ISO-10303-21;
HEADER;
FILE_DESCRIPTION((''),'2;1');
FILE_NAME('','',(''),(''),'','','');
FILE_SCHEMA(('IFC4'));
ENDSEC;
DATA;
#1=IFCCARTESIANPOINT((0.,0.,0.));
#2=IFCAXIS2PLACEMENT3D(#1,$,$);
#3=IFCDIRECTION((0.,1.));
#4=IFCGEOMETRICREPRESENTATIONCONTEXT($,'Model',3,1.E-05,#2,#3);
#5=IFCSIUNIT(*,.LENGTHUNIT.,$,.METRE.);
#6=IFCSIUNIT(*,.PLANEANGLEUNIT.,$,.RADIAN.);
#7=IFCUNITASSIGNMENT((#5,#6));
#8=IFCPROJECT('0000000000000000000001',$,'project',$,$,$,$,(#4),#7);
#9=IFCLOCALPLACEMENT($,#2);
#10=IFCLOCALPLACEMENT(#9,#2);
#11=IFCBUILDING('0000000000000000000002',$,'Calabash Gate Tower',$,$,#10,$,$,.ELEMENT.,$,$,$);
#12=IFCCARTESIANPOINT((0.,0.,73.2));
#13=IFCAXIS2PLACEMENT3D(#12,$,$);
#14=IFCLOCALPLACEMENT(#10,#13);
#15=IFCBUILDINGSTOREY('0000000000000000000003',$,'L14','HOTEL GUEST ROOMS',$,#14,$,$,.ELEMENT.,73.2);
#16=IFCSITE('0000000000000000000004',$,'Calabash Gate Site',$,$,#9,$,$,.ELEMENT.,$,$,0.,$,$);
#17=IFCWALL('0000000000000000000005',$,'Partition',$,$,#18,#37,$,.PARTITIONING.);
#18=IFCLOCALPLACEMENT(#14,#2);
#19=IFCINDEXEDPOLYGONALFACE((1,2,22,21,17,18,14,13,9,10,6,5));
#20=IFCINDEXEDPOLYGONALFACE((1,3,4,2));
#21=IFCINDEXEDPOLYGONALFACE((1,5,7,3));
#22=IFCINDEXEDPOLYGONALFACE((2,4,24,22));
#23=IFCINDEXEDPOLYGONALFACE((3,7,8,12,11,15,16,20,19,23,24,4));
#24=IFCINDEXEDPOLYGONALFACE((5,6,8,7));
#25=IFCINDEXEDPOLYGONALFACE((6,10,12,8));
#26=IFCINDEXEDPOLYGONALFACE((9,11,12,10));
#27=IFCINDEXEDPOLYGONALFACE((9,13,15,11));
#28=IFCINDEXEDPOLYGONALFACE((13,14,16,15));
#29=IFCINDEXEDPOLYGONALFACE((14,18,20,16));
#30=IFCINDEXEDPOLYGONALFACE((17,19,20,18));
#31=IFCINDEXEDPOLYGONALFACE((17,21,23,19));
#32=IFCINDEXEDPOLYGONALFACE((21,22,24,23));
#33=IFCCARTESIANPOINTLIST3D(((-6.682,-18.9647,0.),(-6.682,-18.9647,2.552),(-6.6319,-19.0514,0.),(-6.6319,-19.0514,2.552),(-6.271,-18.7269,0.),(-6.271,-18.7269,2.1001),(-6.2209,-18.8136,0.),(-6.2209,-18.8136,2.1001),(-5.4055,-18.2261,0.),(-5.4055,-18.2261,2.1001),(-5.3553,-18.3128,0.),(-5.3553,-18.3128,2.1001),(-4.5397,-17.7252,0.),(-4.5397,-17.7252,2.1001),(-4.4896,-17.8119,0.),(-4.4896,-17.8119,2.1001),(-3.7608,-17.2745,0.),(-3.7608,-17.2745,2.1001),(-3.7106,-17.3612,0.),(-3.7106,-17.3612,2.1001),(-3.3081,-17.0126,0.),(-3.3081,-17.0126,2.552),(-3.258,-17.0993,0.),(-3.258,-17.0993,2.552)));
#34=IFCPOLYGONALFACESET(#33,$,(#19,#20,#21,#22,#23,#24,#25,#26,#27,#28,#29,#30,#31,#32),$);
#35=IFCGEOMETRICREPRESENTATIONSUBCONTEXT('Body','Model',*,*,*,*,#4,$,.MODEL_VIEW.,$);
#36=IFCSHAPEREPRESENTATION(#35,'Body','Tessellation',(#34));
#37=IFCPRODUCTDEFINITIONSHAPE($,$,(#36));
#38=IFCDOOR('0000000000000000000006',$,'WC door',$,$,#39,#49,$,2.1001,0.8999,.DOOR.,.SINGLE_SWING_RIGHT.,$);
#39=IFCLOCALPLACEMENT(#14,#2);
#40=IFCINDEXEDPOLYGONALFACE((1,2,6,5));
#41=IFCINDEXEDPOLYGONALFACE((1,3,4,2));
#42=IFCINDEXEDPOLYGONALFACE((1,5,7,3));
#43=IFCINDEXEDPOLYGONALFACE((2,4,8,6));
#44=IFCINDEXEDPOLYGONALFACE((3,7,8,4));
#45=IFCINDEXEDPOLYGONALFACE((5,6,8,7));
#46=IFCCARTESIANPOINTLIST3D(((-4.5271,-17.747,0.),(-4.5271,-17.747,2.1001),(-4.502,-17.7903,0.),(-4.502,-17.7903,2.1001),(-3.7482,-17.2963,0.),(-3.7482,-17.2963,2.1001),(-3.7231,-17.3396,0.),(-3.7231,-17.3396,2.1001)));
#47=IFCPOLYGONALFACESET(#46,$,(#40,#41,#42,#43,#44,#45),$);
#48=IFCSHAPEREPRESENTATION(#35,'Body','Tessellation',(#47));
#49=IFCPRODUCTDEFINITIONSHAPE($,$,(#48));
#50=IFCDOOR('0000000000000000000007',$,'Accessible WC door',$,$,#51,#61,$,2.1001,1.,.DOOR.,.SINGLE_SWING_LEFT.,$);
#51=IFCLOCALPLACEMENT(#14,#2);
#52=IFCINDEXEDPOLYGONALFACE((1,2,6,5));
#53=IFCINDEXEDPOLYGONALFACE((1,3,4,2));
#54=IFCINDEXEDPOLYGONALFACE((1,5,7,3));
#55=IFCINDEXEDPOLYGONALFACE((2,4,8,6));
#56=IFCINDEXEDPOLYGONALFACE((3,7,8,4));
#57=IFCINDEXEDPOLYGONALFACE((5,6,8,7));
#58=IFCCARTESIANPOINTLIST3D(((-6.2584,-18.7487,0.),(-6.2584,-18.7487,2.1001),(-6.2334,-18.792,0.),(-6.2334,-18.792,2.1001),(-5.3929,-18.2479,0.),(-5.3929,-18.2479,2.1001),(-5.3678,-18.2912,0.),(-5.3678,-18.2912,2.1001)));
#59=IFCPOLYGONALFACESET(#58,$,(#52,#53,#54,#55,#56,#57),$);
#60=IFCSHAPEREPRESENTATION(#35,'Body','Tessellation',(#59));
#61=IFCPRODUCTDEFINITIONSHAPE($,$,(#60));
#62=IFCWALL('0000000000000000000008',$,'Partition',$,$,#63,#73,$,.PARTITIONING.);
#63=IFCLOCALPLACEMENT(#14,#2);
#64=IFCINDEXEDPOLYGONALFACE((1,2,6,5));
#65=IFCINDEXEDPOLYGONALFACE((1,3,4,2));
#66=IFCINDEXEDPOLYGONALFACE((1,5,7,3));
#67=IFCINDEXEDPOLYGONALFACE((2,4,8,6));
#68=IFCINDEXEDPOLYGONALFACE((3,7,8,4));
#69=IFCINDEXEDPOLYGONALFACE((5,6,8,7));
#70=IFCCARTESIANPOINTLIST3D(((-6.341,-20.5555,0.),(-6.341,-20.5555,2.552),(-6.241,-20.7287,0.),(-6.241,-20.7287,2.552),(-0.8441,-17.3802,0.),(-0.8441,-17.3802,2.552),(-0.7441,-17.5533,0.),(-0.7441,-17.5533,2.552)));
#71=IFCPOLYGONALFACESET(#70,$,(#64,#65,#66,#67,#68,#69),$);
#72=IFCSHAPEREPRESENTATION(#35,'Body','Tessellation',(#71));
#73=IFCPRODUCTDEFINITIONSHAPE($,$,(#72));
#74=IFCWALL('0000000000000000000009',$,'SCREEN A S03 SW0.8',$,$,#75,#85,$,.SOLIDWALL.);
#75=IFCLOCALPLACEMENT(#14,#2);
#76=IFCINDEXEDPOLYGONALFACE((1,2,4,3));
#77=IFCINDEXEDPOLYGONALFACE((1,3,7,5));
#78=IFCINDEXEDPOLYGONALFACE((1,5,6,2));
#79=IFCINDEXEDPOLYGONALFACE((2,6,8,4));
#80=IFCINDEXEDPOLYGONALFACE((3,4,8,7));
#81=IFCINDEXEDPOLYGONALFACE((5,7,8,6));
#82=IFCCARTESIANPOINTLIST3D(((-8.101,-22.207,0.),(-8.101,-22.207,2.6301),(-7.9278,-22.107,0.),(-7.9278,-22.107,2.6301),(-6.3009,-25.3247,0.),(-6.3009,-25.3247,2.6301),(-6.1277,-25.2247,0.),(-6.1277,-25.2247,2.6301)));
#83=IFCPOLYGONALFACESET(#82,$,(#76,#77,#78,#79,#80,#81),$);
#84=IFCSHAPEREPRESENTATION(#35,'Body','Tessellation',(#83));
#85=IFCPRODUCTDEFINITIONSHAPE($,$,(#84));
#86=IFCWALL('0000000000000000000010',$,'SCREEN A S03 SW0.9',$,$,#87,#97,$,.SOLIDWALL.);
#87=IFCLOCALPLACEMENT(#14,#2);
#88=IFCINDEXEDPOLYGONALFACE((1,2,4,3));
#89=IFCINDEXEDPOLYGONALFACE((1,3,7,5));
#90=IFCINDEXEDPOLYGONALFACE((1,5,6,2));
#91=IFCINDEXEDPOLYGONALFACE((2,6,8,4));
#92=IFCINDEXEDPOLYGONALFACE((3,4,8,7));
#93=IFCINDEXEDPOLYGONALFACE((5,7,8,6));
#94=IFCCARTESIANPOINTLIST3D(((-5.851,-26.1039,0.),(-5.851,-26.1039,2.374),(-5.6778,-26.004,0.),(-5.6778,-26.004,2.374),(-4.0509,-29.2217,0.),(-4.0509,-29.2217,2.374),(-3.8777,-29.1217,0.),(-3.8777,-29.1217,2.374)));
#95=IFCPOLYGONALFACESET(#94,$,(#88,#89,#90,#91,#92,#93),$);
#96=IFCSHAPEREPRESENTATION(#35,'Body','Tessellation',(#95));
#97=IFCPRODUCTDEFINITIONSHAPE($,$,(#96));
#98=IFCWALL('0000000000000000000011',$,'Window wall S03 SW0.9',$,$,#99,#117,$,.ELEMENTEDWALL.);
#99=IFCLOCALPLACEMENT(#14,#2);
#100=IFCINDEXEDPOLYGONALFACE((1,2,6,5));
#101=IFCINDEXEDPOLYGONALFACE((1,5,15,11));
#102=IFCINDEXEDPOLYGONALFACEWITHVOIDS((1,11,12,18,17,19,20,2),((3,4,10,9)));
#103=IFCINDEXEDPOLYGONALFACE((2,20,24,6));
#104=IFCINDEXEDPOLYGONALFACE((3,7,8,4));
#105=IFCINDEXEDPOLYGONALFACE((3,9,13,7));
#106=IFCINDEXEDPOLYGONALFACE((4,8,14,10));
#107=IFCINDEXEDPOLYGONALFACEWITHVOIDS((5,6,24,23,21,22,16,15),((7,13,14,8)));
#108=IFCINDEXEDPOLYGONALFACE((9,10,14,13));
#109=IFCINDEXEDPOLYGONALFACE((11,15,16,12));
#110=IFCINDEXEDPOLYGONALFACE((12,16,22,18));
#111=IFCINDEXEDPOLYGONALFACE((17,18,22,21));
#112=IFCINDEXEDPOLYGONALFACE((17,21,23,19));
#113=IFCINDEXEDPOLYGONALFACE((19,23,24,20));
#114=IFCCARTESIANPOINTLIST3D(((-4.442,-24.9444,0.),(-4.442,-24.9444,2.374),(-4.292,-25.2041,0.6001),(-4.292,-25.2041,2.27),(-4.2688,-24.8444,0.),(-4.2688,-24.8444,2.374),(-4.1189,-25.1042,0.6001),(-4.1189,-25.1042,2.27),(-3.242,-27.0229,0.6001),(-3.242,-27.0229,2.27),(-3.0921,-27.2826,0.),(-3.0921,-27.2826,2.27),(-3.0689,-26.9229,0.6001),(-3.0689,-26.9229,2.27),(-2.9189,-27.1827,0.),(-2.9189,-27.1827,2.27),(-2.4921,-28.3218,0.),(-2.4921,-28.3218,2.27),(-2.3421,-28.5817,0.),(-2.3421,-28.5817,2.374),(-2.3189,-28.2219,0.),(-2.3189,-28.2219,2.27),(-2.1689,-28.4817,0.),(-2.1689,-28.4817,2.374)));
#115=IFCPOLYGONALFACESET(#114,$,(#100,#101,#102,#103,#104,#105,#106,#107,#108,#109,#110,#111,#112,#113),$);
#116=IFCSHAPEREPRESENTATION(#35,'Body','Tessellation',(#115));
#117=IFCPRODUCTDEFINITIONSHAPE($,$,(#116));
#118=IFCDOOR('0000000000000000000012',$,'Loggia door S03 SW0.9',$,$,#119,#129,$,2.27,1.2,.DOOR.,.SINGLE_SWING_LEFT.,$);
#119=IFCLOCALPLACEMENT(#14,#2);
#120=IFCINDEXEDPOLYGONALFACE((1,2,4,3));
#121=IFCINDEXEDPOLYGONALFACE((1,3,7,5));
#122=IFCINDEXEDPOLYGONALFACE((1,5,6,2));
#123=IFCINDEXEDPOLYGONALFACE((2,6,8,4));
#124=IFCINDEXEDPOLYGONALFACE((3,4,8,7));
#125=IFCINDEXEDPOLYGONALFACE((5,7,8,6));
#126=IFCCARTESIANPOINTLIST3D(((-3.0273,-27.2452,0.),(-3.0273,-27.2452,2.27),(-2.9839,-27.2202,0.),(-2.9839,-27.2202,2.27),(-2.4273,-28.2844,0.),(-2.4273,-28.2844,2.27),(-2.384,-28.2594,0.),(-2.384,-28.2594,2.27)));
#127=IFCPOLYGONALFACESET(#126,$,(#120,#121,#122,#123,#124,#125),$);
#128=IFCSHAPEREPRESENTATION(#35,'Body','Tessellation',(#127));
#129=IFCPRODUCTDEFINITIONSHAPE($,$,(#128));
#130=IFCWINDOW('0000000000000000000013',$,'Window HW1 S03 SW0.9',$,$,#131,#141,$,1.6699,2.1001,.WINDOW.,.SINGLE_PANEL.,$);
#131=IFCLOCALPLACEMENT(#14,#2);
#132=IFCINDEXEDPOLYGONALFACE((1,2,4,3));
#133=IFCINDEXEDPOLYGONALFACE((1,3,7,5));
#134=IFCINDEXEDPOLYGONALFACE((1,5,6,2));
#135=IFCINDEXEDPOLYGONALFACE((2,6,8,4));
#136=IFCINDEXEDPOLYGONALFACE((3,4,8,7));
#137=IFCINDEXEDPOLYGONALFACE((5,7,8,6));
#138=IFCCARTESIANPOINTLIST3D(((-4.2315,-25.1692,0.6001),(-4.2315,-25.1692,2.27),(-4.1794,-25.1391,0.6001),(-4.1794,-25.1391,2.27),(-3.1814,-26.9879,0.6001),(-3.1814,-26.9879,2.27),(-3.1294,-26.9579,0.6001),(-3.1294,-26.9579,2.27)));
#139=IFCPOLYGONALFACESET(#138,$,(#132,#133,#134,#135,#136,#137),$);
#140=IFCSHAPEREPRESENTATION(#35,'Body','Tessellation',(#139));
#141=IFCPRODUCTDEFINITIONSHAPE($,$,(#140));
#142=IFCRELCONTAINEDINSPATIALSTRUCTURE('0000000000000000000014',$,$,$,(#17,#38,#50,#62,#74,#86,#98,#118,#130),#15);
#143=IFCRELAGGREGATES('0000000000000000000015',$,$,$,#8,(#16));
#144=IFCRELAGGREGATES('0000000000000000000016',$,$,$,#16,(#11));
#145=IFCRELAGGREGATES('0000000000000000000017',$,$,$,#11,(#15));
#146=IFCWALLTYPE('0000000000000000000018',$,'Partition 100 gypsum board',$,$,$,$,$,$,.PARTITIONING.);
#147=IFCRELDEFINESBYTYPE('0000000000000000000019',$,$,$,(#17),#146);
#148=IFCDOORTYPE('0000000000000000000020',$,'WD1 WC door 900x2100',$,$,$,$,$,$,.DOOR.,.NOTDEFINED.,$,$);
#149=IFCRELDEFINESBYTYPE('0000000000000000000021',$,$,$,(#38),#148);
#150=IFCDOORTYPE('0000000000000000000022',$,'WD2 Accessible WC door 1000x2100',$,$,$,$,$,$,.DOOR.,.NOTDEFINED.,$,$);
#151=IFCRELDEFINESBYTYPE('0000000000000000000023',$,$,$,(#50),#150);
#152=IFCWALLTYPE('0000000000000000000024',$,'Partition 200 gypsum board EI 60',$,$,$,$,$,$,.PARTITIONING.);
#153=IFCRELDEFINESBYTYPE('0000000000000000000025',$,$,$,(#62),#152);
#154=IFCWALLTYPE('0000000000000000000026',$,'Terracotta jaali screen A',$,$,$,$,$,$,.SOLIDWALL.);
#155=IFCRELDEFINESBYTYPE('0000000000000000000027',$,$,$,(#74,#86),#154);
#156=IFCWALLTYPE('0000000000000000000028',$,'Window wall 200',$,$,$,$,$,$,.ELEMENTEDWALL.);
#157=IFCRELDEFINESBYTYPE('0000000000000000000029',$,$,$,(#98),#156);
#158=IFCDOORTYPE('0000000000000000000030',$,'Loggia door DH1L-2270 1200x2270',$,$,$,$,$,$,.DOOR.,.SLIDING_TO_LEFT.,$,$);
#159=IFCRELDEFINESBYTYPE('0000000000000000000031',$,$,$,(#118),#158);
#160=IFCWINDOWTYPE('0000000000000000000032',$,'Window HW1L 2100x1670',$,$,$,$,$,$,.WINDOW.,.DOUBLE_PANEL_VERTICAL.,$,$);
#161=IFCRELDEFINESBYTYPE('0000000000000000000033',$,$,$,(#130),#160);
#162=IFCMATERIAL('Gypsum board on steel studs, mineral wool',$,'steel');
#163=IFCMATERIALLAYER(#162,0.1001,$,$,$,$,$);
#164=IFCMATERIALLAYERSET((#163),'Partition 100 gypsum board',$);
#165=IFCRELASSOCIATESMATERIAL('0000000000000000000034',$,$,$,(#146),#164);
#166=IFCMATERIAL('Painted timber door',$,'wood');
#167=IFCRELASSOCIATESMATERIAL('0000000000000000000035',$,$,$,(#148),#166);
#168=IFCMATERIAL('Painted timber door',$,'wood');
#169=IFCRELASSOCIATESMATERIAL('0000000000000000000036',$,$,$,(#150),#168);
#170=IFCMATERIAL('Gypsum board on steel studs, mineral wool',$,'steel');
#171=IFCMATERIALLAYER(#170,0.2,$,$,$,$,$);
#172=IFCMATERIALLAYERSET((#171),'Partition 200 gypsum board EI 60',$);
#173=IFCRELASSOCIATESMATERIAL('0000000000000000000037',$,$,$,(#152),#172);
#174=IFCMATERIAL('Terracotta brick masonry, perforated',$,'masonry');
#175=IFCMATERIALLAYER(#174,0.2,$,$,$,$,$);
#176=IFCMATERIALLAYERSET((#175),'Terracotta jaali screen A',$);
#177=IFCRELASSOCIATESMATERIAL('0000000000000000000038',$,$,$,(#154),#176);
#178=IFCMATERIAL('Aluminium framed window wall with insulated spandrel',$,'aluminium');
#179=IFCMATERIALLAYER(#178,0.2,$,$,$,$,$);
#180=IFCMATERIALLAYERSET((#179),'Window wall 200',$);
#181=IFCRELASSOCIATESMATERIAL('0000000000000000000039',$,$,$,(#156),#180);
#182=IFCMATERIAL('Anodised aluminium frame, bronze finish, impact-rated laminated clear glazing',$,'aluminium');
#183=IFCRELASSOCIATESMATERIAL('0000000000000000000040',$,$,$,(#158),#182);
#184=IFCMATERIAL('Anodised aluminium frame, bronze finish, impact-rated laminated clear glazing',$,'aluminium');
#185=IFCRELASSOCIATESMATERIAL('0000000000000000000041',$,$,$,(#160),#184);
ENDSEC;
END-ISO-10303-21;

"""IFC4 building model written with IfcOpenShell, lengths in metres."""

from ifc_helpers import new_model, si_unit, direction, frame, frame_2d, origin, place, context, subcontext, project, spatial, rectangle, extrude, material, layer, layer_set, type_object, element, fill, save


model = new_model("IFC4")

# Units and contexts
model_context = context("Model", 3, precision=1e-05, world=origin(), true_north=direction((0.0, 1.0)))
body_context = subcontext(model_context, "Body", "Model", "MODEL_VIEW")
ifc_project = project(units=[si_unit("LENGTHUNIT", "METRE"), si_unit("PLANEANGLEUNIT", "RADIAN")], contexts=[model_context])

# Site, building, storey
site_placement = place(None, origin())
site = spatial("IfcSite", under=ifc_project, at=site_placement, Name="Calabash Gate Site", CompositionType="ELEMENT", RefElevation=0.0)
building_placement = place(site_placement, origin())
building = spatial("IfcBuilding", under=site, at=building_placement, Name="Calabash Gate Tower", CompositionType="ELEMENT")
storey_placement = place(building_placement, frame((0.0, 0.0, 73.2)))
storey = spatial("IfcBuildingStorey", under=building, at=storey_placement, Name="L14", Description="HOTEL GUEST ROOMS", CompositionType="ELEMENT", Elevation=73.2)

# Wall, openings, doors
ifc_material_1 = material(Name="Gypsum board on steel studs, mineral wool", Category="steel")
ifc_layer_1 = layer(ifc_material_1, 0.1001)
ifc_layer_set_1 = layer_set([ifc_layer_1], Name="Partition 100 gypsum board")
wall_type_1 = type_object("IfcWallType", Name="Partition 100 gypsum board", PredefinedType="PARTITIONING", material=ifc_layer_set_1)
wall_1_placement = place(storey_placement, frame((-6.657, -19.0081, 0.0), z_axis=(0.0, 0.0, 1.0), x_axis=(0.865563, 0.500799, 0.0)))
wall_1 = element("IfcWall", 1, at=wall_1_placement, inside=storey, type_object=wall_type_1, Name="Partition", PredefinedType="PARTITIONING", context=body_context, shape_type="SweptSolid", body=[
    extrude(rectangle(XDim=3.8979, YDim=0.1001, at=frame_2d((1.949, 0.0))), origin(), (0.0, 0.0, 1.0), 2.552),
])
opening_1_placement = place(wall_1_placement, frame((2.4751, 0.0, 0.0)))
opening_1 = element("IfcOpeningElement", 2, at=opening_1_placement, cuts=wall_1, PredefinedType="OPENING", context=body_context, shape_type="SweptSolid", body=[
    extrude(rectangle(XDim=0.8999, YDim=2.1001, at=frame_2d((0.45, 1.05))), frame((0.0, 0.0601, 0.0), z_axis=(0.0, -1.0, 0.0), x_axis=(1.0, 0.0, 0.0)), (0.0, 0.0, 1.0), 0.1201),
])
opening_2_placement = place(wall_1_placement, frame((0.4749, 0.0, 0.0)))
opening_2 = element("IfcOpeningElement", 3, at=opening_2_placement, cuts=wall_1, PredefinedType="OPENING", context=body_context, shape_type="SweptSolid", body=[
    extrude(rectangle(XDim=1.0, YDim=2.1001, at=frame_2d((0.5, 1.05))), frame((0.0, 0.0601, 0.0), z_axis=(0.0, -1.0, 0.0), x_axis=(1.0, 0.0, 0.0)), (0.0, 0.0, 1.0), 0.1201),
])
ifc_material_2 = material(Name="Painted timber door", Category="wood")
door_type_1 = type_object("IfcDoorType", Name="WD1 WC door 900x2100", OperationType="NOTDEFINED", PredefinedType="DOOR", material=ifc_material_2)
door_1_placement = place(opening_1_placement, origin())
door_1 = element("IfcDoor", 4, at=door_1_placement, inside=storey, type_object=door_type_1, Name="WC door", OperationType="SINGLE_SWING_RIGHT", OverallHeight=2.1001, OverallWidth=0.8999, PredefinedType="DOOR", context=body_context, shape_type="SweptSolid", body=[
    extrude(rectangle(XDim=0.8999, YDim=2.1001, at=frame_2d((0.45, 1.05))), frame((0.0, 0.0249, 0.0), z_axis=(0.0, -1.0, 0.0), x_axis=(1.0, 0.0, 0.0)), (0.0, 0.0, 1.0), 0.05),
])
fill(opening_1, door_1)
ifc_material_3 = material(Name="Painted timber door", Category="wood")
door_type_2 = type_object("IfcDoorType", Name="WD2 Accessible WC door 1000x2100", OperationType="NOTDEFINED", PredefinedType="DOOR", material=ifc_material_3)
door_2_placement = place(opening_2_placement, origin())
door_2 = element("IfcDoor", 5, at=door_2_placement, inside=storey, type_object=door_type_2, Name="Accessible WC door", OperationType="SINGLE_SWING_LEFT", OverallHeight=2.1001, OverallWidth=1.0, PredefinedType="DOOR", context=body_context, shape_type="SweptSolid", body=[
    extrude(rectangle(XDim=1.0, YDim=2.1001, at=frame_2d((0.5, 1.05))), frame((0.0, 0.0249, 0.0), z_axis=(0.0, -1.0, 0.0), x_axis=(1.0, 0.0, 0.0)), (0.0, 0.0, 1.0), 0.05),
])
fill(opening_2, door_2)

# Walls
ifc_material_4 = material(Name="Gypsum board on steel studs, mineral wool", Category="steel")
ifc_layer_2 = layer(ifc_material_4, 0.2)
ifc_layer_set_2 = layer_set([ifc_layer_2], Name="Partition 200 gypsum board EI 60")
wall_type_2 = type_object("IfcWallType", Name="Partition 200 gypsum board EI 60", PredefinedType="PARTITIONING", material=ifc_layer_set_2)
wall_2_placement = place(storey_placement, frame((-6.291, -20.6421, 0.0), z_axis=(0.0, 0.0, 1.0), x_axis=(0.865909, 0.500201, 0.0)))
element("IfcWall", 6, at=wall_2_placement, inside=storey, type_object=wall_type_2, Name="Partition", PredefinedType="PARTITIONING", context=body_context, shape_type="SweptSolid", body=[
    extrude(rectangle(XDim=6.3481, YDim=0.2, at=frame_2d((3.1741, 0.0))), origin(), (0.0, 0.0, 1.0), 2.552),
])
ifc_material_5 = material(Name="Terracotta brick masonry, perforated", Category="masonry")
ifc_layer_3 = layer(ifc_material_5, 0.2)
ifc_layer_set_3 = layer_set([ifc_layer_3], Name="Terracotta jaali screen A")
wall_type_3 = type_object("IfcWallType", Name="Terracotta jaali screen A", PredefinedType="SOLIDWALL", material=ifc_layer_set_3)
wall_3_placement = place(storey_placement, frame((-8.0144, -22.157, 0.0), z_axis=(0.0, 0.0, 1.0), x_axis=(0.500012, -0.866018, 0.0)))
element("IfcWall", 7, at=wall_3_placement, inside=storey, type_object=wall_type_3, Name="SCREEN A S03 SW0.8", PredefinedType="SOLIDWALL", context=body_context, shape_type="SweptSolid", body=[
    extrude(rectangle(XDim=3.6001, YDim=0.2, at=frame_2d((1.8, 0.0))), origin(), (0.0, 0.0, 1.0), 2.6301),
])
wall_4_placement = place(storey_placement, frame((-5.7644, -26.054, 0.0), z_axis=(0.0, 0.0, 1.0), x_axis=(0.500012, -0.866018, 0.0)))
element("IfcWall", 8, at=wall_4_placement, inside=storey, type_object=wall_type_3, Name="SCREEN A S03 SW0.9", PredefinedType="SOLIDWALL", context=body_context, shape_type="SweptSolid", body=[
    extrude(rectangle(XDim=3.6001, YDim=0.2, at=frame_2d((1.8, 0.0))), origin(), (0.0, 0.0, 1.0), 2.374),
])

# Wall, openings, door, window
ifc_material_6 = material(Name="Aluminium framed window wall with insulated spandrel", Category="aluminium")
ifc_layer_4 = layer(ifc_material_6, 0.2)
ifc_layer_set_4 = layer_set([ifc_layer_4], Name="Window wall 200")
wall_type_4 = type_object("IfcWallType", Name="Window wall 200", PredefinedType="ELEMENTEDWALL", material=ifc_layer_set_4)
wall_5_placement = place(storey_placement, frame((-4.3555, -24.8943, 0.0), z_axis=(0.0, 0.0, 1.0), x_axis=(0.499984, -0.866035, 0.0)))
wall_5 = element("IfcWall", 9, at=wall_5_placement, inside=storey, type_object=wall_type_4, Name="Window wall S03 SW0.9", PredefinedType="ELEMENTEDWALL", context=body_context, shape_type="SweptSolid", body=[
    extrude(rectangle(XDim=4.2, YDim=0.2, at=frame_2d((2.1001, 0.0))), origin(), (0.0, 0.0, 1.0), 2.374),
])
opening_3_placement = place(wall_5_placement, frame((0.3, 0.0, 0.6001)))
opening_3 = element("IfcOpeningElement", 10, at=opening_3_placement, cuts=wall_5, PredefinedType="OPENING", context=body_context, shape_type="SweptSolid", body=[
    extrude(rectangle(XDim=2.1001, YDim=1.6699, at=frame_2d((1.05, 0.835))), frame((0.0, 0.1099, 0.0), z_axis=(0.0, -1.0, 0.0), x_axis=(1.0, 0.0, 0.0)), (0.0, 0.0, 1.0), 0.22),
])
opening_4_placement = place(wall_5_placement, frame((2.7, 0.0, 0.0)))
opening_4 = element("IfcOpeningElement", 11, at=opening_4_placement, cuts=wall_5, PredefinedType="OPENING", context=body_context, shape_type="SweptSolid", body=[
    extrude(rectangle(XDim=1.2, YDim=2.27, at=frame_2d((0.6001, 1.135))), frame((0.0, 0.1099, 0.0), z_axis=(0.0, -1.0, 0.0), x_axis=(1.0, 0.0, 0.0)), (0.0, 0.0, 1.0), 0.22),
])
ifc_material_7 = material(Name="Anodised aluminium frame, bronze finish, impact-rated laminated clear glazing", Category="aluminium")
door_type_3 = type_object("IfcDoorType", Name="Loggia door DH1L-2270 1200x2270", OperationType="SLIDING_TO_LEFT", PredefinedType="DOOR", material=ifc_material_7)
door_3_placement = place(opening_4_placement, origin())
door_3 = element("IfcDoor", 12, at=door_3_placement, inside=storey, type_object=door_type_3, Name="Loggia door S03 SW0.9", OperationType="SINGLE_SWING_LEFT", OverallHeight=2.27, OverallWidth=1.2, PredefinedType="DOOR", context=body_context, shape_type="SweptSolid", body=[
    extrude(rectangle(XDim=1.2, YDim=2.27, at=frame_2d((0.6001, 1.135))), frame((0.0, 0.0249, 0.0), z_axis=(0.0, -1.0, 0.0), x_axis=(1.0, 0.0, 0.0)), (0.0, 0.0, 1.0), 0.05),
])
fill(opening_4, door_3)
ifc_material_8 = material(Name="Anodised aluminium frame, bronze finish, impact-rated laminated clear glazing", Category="aluminium")
window_type_1 = type_object("IfcWindowType", Name="Window HW1L 2100x1670", PartitioningType="DOUBLE_PANEL_VERTICAL", PredefinedType="WINDOW", material=ifc_material_8)
window_1_placement = place(opening_3_placement, origin())
window_1 = element("IfcWindow", 13, at=window_1_placement, inside=storey, type_object=window_type_1, Name="Window HW1 S03 SW0.9", OverallHeight=1.6699, OverallWidth=2.1001, PartitioningType="SINGLE_PANEL", PredefinedType="WINDOW", context=body_context, shape_type="SweptSolid", body=[
    extrude(rectangle(XDim=2.1001, YDim=1.6699, at=frame_2d((1.05, 0.835))), frame((0.0, 0.03, 0.0), z_axis=(0.0, -1.0, 0.0), x_axis=(1.0, 0.0, 0.0)), (0.0, 0.0, 1.0), 0.0601),
])
fill(opening_3, window_1)

save(model, "model.ifc")
